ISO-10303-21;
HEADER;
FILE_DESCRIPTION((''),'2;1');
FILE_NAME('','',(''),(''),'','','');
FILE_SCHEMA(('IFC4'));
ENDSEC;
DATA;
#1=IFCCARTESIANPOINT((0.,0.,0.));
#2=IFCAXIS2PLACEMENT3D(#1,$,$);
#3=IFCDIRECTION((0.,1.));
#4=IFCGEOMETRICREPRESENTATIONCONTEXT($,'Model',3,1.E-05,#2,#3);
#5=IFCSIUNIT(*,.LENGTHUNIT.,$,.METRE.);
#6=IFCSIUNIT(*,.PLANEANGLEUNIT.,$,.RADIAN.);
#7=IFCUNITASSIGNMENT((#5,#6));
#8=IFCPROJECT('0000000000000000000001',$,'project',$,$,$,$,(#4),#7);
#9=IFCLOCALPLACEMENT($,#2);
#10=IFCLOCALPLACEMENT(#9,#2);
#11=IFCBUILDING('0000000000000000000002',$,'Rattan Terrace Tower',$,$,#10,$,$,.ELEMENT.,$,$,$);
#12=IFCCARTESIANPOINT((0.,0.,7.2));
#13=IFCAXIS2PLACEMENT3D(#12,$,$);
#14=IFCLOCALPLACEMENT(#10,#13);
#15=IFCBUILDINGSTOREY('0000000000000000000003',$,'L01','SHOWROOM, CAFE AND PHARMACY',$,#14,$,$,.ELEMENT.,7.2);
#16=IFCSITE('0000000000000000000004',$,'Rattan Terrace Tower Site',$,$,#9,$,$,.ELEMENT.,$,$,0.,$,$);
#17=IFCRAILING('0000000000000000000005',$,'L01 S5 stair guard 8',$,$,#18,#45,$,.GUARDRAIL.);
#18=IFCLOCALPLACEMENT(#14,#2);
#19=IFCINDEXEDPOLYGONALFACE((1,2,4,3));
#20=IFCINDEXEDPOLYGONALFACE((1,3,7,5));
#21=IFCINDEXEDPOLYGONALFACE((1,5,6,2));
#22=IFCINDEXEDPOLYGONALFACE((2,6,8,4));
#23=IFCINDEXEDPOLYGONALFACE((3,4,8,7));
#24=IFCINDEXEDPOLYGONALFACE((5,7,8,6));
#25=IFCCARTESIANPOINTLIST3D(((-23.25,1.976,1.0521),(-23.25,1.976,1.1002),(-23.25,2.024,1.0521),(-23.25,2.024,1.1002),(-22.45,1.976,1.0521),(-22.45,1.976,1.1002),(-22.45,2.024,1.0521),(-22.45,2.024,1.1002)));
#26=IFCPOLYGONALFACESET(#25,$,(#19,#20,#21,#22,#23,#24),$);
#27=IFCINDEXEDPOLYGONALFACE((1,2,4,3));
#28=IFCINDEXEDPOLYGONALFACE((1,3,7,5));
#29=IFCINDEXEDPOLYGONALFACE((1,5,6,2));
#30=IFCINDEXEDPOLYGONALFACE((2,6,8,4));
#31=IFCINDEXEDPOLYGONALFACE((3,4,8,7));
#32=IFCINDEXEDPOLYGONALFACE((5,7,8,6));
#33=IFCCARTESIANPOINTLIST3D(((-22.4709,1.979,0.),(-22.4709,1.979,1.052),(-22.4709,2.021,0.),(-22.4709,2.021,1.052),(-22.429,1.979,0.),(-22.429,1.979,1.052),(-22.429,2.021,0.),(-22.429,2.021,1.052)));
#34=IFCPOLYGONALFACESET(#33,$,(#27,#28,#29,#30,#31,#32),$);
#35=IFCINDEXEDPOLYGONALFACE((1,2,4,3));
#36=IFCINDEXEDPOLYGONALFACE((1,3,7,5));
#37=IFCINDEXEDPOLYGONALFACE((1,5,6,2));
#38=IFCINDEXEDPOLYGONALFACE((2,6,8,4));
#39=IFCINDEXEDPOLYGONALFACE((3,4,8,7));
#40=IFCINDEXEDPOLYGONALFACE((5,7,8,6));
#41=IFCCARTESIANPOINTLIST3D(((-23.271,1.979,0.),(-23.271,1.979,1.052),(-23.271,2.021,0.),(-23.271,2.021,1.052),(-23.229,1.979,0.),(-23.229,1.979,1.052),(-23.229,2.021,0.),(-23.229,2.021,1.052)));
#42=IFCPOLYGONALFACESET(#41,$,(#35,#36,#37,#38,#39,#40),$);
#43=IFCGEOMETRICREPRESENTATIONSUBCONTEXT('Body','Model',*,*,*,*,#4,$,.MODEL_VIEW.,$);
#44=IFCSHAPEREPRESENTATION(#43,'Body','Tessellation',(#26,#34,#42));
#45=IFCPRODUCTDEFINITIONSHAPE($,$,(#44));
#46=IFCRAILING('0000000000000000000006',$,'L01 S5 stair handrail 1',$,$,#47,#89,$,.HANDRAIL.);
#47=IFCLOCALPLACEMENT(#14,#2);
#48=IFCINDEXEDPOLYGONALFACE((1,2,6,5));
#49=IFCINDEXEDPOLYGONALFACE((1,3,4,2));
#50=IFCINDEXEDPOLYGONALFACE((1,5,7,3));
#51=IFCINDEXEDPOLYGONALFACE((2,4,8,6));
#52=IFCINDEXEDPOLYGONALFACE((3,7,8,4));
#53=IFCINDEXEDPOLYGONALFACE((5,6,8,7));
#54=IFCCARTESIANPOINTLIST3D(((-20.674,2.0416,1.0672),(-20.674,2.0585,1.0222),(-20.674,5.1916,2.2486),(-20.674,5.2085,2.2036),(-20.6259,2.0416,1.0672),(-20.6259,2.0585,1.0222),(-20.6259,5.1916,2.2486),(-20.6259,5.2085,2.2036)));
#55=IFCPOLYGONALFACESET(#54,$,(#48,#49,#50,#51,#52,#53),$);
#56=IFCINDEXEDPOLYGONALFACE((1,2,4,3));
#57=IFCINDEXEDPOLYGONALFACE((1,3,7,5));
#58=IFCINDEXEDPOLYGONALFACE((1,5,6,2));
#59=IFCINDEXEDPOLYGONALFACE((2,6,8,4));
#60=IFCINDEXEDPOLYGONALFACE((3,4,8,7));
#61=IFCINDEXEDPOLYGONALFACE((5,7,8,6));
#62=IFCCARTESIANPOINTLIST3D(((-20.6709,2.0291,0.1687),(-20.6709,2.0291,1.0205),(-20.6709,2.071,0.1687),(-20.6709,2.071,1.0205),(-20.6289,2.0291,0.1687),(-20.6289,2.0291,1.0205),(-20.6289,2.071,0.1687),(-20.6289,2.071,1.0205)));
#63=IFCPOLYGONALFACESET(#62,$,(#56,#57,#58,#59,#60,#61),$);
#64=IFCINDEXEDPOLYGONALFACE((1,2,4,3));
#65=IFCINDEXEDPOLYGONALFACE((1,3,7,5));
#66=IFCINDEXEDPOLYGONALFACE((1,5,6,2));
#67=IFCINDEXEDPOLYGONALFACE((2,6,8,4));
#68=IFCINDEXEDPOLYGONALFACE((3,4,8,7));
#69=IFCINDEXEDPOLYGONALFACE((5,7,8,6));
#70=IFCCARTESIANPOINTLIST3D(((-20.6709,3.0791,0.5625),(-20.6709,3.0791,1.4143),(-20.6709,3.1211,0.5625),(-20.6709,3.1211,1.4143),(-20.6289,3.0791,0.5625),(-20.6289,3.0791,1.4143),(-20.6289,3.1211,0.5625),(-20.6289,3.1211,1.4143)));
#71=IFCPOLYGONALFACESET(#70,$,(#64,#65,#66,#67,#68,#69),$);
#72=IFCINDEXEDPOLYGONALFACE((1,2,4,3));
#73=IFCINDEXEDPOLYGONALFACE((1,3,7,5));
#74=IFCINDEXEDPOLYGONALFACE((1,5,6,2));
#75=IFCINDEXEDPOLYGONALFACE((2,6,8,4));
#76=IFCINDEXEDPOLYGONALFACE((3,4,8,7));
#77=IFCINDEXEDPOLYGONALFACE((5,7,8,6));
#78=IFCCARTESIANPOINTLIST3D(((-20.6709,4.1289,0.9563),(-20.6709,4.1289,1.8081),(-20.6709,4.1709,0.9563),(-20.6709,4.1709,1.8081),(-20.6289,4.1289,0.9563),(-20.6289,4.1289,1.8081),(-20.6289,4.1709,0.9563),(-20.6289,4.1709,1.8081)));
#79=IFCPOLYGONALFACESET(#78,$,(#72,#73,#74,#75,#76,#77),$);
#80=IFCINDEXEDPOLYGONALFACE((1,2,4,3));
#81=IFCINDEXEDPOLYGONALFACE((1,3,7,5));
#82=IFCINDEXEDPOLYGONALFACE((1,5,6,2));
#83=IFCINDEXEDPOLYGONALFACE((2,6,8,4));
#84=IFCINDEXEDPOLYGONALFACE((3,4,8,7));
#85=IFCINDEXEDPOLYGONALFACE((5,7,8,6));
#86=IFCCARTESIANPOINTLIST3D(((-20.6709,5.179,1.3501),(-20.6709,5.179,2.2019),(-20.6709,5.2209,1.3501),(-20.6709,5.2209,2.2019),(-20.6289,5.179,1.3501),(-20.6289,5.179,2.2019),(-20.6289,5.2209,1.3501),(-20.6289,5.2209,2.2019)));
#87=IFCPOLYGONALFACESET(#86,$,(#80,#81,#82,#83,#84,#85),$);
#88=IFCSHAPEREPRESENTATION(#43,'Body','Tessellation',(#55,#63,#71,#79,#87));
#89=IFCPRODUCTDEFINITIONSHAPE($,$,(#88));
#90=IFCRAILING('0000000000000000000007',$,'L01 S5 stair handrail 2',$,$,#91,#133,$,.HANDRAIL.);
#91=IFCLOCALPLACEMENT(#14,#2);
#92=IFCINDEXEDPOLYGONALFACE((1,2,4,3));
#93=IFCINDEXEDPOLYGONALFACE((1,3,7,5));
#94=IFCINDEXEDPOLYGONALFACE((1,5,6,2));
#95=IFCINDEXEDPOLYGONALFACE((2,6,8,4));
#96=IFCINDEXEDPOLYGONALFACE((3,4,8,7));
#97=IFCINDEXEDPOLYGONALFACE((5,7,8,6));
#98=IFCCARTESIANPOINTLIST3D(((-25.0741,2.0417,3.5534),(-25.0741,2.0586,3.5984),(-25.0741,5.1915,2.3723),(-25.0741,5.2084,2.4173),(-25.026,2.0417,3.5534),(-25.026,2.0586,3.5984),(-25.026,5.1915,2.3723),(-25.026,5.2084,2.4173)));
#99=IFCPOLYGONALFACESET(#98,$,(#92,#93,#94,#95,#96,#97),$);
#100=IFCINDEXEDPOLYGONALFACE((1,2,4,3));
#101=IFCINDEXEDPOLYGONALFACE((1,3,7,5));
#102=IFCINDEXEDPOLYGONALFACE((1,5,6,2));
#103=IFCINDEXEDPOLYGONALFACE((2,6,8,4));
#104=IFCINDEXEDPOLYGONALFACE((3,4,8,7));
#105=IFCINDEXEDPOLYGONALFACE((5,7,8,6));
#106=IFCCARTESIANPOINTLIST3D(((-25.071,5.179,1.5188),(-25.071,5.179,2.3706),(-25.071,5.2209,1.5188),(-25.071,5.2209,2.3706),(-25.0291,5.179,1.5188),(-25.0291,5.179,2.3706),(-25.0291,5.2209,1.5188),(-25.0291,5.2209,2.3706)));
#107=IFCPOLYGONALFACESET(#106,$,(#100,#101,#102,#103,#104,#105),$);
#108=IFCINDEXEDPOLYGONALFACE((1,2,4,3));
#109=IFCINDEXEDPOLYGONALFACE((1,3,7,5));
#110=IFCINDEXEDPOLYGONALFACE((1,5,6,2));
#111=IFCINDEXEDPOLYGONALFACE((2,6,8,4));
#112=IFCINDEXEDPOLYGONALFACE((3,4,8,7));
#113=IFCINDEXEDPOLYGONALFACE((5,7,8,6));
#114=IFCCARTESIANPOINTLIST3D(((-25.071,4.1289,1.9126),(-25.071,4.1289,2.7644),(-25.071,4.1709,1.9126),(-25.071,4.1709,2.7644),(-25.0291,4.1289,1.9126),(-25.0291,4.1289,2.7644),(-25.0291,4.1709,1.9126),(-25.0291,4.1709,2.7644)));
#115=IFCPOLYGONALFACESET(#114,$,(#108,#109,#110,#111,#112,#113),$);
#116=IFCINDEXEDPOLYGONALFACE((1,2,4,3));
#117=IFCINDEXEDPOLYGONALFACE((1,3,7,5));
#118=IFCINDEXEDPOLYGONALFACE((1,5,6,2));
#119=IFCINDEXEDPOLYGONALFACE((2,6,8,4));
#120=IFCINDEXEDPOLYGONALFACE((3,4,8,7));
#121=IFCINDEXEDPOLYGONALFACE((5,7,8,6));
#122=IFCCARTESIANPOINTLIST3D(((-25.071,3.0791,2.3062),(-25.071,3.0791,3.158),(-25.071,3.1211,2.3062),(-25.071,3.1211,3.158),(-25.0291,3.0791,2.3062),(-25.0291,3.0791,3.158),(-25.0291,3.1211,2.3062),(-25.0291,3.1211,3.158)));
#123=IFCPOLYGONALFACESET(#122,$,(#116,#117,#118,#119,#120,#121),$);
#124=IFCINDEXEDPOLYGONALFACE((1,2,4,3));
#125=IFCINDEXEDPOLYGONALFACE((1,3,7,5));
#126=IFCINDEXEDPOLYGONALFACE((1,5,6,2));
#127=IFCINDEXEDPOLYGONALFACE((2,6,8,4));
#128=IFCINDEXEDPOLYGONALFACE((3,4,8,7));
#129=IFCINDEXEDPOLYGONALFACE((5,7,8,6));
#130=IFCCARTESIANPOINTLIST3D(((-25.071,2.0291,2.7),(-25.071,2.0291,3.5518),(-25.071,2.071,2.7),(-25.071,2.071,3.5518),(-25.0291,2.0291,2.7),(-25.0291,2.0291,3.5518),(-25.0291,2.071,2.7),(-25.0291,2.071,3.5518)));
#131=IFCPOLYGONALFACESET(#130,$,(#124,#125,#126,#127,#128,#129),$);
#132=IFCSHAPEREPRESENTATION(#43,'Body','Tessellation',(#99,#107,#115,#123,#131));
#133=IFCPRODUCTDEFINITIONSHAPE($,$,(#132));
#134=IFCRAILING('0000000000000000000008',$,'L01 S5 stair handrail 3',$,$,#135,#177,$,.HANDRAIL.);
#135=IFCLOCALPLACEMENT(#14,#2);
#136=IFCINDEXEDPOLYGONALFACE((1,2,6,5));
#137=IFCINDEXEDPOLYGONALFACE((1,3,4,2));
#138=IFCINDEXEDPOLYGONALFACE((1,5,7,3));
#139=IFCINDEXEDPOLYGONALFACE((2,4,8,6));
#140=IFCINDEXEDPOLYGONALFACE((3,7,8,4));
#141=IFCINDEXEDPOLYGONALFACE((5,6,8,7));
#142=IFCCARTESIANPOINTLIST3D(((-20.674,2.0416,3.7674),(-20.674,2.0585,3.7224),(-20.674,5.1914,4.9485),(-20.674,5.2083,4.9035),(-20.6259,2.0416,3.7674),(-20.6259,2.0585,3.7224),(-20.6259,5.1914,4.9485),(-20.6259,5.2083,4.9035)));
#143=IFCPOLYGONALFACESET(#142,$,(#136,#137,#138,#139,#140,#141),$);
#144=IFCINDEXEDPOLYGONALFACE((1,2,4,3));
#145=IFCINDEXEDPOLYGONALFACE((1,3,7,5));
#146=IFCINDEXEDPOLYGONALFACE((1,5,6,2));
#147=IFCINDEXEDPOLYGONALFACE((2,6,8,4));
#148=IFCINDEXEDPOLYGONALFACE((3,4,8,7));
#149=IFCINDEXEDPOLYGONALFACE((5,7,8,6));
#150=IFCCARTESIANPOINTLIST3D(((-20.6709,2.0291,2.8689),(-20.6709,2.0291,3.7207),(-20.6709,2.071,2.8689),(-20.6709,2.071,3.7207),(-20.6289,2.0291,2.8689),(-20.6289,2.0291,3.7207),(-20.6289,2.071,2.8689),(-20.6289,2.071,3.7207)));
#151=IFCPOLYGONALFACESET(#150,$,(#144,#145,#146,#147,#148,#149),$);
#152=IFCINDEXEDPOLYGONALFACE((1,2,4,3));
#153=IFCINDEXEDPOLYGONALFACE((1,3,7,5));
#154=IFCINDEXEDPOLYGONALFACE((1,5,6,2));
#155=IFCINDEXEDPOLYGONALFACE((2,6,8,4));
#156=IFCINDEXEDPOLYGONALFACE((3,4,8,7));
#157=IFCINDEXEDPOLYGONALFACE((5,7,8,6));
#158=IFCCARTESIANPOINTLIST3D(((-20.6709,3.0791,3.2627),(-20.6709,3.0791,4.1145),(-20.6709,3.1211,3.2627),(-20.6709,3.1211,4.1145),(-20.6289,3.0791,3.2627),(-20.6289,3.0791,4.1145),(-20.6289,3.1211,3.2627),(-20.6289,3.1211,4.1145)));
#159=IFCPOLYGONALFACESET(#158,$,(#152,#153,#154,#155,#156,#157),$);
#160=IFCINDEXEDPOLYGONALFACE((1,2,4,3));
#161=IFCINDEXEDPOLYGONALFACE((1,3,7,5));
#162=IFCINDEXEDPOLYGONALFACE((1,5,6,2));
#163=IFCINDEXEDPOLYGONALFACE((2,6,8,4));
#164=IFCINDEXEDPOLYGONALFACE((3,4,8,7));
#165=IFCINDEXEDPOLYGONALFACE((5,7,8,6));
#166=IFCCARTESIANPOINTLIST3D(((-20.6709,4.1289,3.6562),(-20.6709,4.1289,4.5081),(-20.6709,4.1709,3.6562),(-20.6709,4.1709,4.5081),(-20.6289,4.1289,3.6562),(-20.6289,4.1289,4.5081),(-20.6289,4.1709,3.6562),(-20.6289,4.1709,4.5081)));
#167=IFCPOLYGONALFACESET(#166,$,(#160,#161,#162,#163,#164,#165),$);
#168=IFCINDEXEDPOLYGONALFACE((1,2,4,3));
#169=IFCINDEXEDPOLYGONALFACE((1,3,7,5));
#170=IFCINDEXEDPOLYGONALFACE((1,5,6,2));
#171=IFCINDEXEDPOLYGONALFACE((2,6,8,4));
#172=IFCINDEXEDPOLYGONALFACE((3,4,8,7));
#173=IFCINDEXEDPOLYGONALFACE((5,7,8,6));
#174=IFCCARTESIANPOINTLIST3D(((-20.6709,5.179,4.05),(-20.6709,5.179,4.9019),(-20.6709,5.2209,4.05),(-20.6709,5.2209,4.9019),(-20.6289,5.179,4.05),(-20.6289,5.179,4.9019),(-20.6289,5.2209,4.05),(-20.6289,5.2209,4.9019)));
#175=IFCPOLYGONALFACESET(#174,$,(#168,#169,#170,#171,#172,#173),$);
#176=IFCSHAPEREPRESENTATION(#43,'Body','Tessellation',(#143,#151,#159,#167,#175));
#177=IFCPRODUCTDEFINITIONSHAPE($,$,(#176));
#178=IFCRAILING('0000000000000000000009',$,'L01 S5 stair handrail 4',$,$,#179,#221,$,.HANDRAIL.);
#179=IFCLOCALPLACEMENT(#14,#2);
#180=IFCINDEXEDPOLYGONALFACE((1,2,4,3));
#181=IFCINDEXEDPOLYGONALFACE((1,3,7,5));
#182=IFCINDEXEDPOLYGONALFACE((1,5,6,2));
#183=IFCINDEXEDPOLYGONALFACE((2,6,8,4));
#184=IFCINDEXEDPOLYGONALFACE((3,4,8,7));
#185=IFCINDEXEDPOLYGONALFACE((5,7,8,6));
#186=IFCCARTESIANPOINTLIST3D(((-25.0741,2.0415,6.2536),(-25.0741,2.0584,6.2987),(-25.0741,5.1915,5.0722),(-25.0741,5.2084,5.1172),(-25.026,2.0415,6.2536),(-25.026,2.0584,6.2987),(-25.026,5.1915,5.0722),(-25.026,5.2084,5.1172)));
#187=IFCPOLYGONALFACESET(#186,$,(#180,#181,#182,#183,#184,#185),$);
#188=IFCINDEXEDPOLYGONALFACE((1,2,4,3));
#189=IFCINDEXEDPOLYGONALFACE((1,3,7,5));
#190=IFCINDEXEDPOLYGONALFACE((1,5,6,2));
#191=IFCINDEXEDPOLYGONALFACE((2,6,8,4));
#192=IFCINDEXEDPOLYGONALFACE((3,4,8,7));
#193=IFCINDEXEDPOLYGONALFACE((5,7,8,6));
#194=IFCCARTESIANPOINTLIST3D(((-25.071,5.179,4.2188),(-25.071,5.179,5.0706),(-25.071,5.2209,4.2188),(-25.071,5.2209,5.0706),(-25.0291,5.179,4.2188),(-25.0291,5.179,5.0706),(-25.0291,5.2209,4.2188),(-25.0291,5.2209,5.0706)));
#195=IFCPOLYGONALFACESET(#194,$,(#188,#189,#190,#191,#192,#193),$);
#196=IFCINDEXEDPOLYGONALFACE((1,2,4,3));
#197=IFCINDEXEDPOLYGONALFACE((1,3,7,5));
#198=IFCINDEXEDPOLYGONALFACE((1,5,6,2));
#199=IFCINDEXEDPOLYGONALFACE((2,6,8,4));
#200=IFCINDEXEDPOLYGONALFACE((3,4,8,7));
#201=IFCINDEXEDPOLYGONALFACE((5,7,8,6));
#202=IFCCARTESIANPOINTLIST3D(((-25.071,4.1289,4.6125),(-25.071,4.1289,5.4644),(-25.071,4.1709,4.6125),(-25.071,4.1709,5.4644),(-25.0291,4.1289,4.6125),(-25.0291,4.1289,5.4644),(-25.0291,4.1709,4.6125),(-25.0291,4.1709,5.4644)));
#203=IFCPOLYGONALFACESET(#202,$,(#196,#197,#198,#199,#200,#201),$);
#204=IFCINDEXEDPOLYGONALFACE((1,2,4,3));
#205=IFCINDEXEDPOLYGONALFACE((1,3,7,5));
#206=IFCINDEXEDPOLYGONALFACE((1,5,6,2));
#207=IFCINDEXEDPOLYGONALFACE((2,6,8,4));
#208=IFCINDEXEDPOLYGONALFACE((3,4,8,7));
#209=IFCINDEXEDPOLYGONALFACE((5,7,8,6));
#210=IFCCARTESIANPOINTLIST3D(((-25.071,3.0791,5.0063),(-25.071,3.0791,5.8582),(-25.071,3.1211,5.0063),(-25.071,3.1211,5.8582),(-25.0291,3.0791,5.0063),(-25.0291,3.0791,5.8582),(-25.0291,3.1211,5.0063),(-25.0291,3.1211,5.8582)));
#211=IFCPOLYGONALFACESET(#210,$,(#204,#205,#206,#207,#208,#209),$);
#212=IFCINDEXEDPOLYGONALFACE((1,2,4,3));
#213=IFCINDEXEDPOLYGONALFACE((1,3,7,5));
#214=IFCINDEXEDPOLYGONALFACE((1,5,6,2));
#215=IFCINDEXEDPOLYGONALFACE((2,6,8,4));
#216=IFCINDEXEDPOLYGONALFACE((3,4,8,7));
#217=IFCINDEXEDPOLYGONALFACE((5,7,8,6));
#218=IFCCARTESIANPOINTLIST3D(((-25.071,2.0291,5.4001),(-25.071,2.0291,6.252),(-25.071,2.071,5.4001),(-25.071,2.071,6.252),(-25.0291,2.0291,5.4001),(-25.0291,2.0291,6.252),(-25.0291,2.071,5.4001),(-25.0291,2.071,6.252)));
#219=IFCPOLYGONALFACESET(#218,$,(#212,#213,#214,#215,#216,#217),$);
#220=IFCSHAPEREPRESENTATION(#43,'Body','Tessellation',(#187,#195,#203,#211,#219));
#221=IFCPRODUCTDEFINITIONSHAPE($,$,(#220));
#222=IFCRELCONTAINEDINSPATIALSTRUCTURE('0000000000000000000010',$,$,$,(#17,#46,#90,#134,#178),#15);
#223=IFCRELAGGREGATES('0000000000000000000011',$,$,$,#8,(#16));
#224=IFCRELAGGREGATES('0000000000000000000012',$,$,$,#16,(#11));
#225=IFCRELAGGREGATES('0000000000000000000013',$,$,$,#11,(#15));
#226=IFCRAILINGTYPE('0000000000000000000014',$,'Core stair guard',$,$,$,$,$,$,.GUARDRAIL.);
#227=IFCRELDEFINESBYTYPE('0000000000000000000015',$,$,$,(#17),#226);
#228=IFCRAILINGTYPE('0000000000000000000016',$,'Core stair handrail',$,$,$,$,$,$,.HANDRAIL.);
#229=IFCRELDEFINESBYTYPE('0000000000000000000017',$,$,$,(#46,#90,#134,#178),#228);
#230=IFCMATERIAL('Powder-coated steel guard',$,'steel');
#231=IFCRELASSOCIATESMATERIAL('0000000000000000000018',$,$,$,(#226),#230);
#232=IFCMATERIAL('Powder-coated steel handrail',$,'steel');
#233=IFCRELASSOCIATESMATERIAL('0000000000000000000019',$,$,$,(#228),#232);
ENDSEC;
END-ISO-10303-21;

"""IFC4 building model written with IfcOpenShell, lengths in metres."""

from ifc_helpers import new_model, si_unit, direction, frame, origin, origin_2d, place, context, subcontext, project, spatial, rectangle, extrude, material, type_object, element, save


model = new_model("IFC4")

# Units and contexts
model_context = context("Model", 3, precision=1e-05, world=origin(), true_north=direction((0.0, 1.0)))
body_context = subcontext(model_context, "Body", "Model", "MODEL_VIEW")
ifc_project = project(units=[si_unit("LENGTHUNIT", "METRE"), si_unit("PLANEANGLEUNIT", "RADIAN")], contexts=[model_context])

# Site, building, storey
site_placement = place(None, origin())
site = spatial("IfcSite", under=ifc_project, at=site_placement, Name="Rattan Terrace Tower Site", CompositionType="ELEMENT", RefElevation=0.0)
building_placement = place(site_placement, origin())
building = spatial("IfcBuilding", under=site, at=building_placement, Name="Rattan Terrace Tower", CompositionType="ELEMENT")
storey_placement = place(building_placement, frame((0.0, 0.0, 7.2)))
storey = spatial("IfcBuildingStorey", under=building, at=storey_placement, Name="L01", Description="SHOWROOM, CAFE AND PHARMACY", CompositionType="ELEMENT", Elevation=7.2)

# Railings
ifc_material_1 = material(Name="Powder-coated steel guard", Category="steel")
railing_type_1 = type_object("IfcRailingType", Name="Core stair guard", PredefinedType="GUARDRAIL", material=ifc_material_1)
railing_1_placement = place(storey_placement, frame((-22.45, 2.0, 0.0)))
element("IfcRailing", 1, at=railing_1_placement, inside=storey, type_object=railing_type_1, Name="L01 S5 stair guard 8", PredefinedType="GUARDRAIL", context=body_context, shape_type="SweptSolid", body=[
    extrude(rectangle(XDim=0.0481, YDim=0.0481, at=origin_2d()), frame((0.0, 0.0, 1.0762), z_axis=(-1.0, 0.0, 0.0), x_axis=(0.0, -1.0, 0.0)), (0.0, 0.0, 1.0), 0.8),
    extrude(rectangle(XDim=0.042, YDim=0.042, at=origin_2d()), origin(), (0.0, 0.0, 1.0), 1.052),
    extrude(rectangle(XDim=0.042, YDim=0.042, at=origin_2d()), frame((-0.8, 0.0, 0.0)), (0.0, 0.0, 1.0), 1.052),
])
ifc_material_2 = material(Name="Powder-coated steel handrail", Category="steel")
railing_type_2 = type_object("IfcRailingType", Name="Core stair handrail", PredefinedType="HANDRAIL", material=ifc_material_2)
railing_2_placement = place(storey_placement, frame((-20.6499, 2.05, 0.1687)))
element("IfcRailing", 2, at=railing_2_placement, inside=storey, type_object=railing_type_2, Name="L01 S5 stair handrail 1", PredefinedType="HANDRAIL", context=body_context, shape_type="SweptSolid", body=[
    extrude(rectangle(XDim=0.0481, YDim=0.0481, at=origin_2d()), frame((0.0, 0.0, 0.876), z_axis=(0.0, 0.936311, 0.351171), x_axis=(-1.0, 0.0, 0.0)), (0.0, 0.0, 1.0), 3.3643),
    extrude(rectangle(XDim=0.042, YDim=0.042, at=origin_2d()), origin(), (0.0, 0.0, 1.0), 0.8518),
    extrude(rectangle(XDim=0.042, YDim=0.042, at=origin_2d()), frame((0.0, 1.05, 0.3938)), (0.0, 0.0, 1.0), 0.8518),
    extrude(rectangle(XDim=0.042, YDim=0.042, at=origin_2d()), frame((0.0, 2.0999, 0.7876)), (0.0, 0.0, 1.0), 0.8518),
    extrude(rectangle(XDim=0.042, YDim=0.042, at=origin_2d()), frame((0.0, 3.1499, 1.1814)), (0.0, 0.0, 1.0), 0.8518),
])
railing_3_placement = place(storey_placement, frame((-25.05, 5.2, 1.5188)))
element("IfcRailing", 3, at=railing_3_placement, inside=storey, type_object=railing_type_2, Name="L01 S5 stair handrail 2", PredefinedType="HANDRAIL", context=body_context, shape_type="SweptSolid", body=[
    extrude(rectangle(XDim=0.0481, YDim=0.0481, at=origin_2d()), frame((0.0, 0.0, 0.876), z_axis=(0.0, -0.936335, 0.351108), x_axis=(1.0, 0.0, 0.0)), (0.0, 0.0, 1.0), 3.364),
    extrude(rectangle(XDim=0.042, YDim=0.042, at=origin_2d()), origin(), (0.0, 0.0, 1.0), 0.8518),
    extrude(rectangle(XDim=0.042, YDim=0.042, at=origin_2d()), frame((0.0, -1.05, 0.3938)), (0.0, 0.0, 1.0), 0.8518),
    extrude(rectangle(XDim=0.042, YDim=0.042, at=origin_2d()), frame((0.0, -2.0999, 0.7874)), (0.0, 0.0, 1.0), 0.8518),
    extrude(rectangle(XDim=0.042, YDim=0.042, at=origin_2d()), frame((0.0, -3.1499, 1.1812)), (0.0, 0.0, 1.0), 0.8518),
])
railing_4_placement = place(storey_placement, frame((-20.6499, 2.05, 2.8689)))
element("IfcRailing", 4, at=railing_4_placement, inside=storey, type_object=railing_type_2, Name="L01 S5 stair handrail 3", PredefinedType="HANDRAIL", context=body_context, shape_type="SweptSolid", body=[
    extrude(rectangle(XDim=0.0481, YDim=0.0481, at=origin_2d()), frame((0.0, 0.0, 0.876), z_axis=(0.0, 0.936335, 0.351108), x_axis=(-1.0, 0.0, 0.0)), (0.0, 0.0, 1.0), 3.364),
    extrude(rectangle(XDim=0.042, YDim=0.042, at=origin_2d()), origin(), (0.0, 0.0, 1.0), 0.8518),
    extrude(rectangle(XDim=0.042, YDim=0.042, at=origin_2d()), frame((0.0, 1.05, 0.3938)), (0.0, 0.0, 1.0), 0.8518),
    extrude(rectangle(XDim=0.042, YDim=0.042, at=origin_2d()), frame((0.0, 2.0999, 0.7874)), (0.0, 0.0, 1.0), 0.8518),
    extrude(rectangle(XDim=0.042, YDim=0.042, at=origin_2d()), frame((0.0, 3.1499, 1.1812)), (0.0, 0.0, 1.0), 0.8518),
])
railing_5_placement = place(storey_placement, frame((-25.05, 5.2, 4.2188)))
element("IfcRailing", 5, at=railing_5_placement, inside=storey, type_object=railing_type_2, Name="L01 S5 stair handrail 4", PredefinedType="HANDRAIL", context=body_context, shape_type="SweptSolid", body=[
    extrude(rectangle(XDim=0.0481, YDim=0.0481, at=origin_2d()), frame((0.0, 0.0, 0.876), z_axis=(0.0, -0.936311, 0.351171), x_axis=(1.0, 0.0, 0.0)), (0.0, 0.0, 1.0), 3.3643),
    extrude(rectangle(XDim=0.042, YDim=0.042, at=origin_2d()), origin(), (0.0, 0.0, 1.0), 0.8518),
    extrude(rectangle(XDim=0.042, YDim=0.042, at=origin_2d()), frame((0.0, -1.05, 0.3938)), (0.0, 0.0, 1.0), 0.8518),
    extrude(rectangle(XDim=0.042, YDim=0.042, at=origin_2d()), frame((0.0, -2.0999, 0.7876)), (0.0, 0.0, 1.0), 0.8518),
    extrude(rectangle(XDim=0.042, YDim=0.042, at=origin_2d()), frame((0.0, -3.1499, 1.1814)), (0.0, 0.0, 1.0), 0.8518),
])

save(model, "model.ifc")
